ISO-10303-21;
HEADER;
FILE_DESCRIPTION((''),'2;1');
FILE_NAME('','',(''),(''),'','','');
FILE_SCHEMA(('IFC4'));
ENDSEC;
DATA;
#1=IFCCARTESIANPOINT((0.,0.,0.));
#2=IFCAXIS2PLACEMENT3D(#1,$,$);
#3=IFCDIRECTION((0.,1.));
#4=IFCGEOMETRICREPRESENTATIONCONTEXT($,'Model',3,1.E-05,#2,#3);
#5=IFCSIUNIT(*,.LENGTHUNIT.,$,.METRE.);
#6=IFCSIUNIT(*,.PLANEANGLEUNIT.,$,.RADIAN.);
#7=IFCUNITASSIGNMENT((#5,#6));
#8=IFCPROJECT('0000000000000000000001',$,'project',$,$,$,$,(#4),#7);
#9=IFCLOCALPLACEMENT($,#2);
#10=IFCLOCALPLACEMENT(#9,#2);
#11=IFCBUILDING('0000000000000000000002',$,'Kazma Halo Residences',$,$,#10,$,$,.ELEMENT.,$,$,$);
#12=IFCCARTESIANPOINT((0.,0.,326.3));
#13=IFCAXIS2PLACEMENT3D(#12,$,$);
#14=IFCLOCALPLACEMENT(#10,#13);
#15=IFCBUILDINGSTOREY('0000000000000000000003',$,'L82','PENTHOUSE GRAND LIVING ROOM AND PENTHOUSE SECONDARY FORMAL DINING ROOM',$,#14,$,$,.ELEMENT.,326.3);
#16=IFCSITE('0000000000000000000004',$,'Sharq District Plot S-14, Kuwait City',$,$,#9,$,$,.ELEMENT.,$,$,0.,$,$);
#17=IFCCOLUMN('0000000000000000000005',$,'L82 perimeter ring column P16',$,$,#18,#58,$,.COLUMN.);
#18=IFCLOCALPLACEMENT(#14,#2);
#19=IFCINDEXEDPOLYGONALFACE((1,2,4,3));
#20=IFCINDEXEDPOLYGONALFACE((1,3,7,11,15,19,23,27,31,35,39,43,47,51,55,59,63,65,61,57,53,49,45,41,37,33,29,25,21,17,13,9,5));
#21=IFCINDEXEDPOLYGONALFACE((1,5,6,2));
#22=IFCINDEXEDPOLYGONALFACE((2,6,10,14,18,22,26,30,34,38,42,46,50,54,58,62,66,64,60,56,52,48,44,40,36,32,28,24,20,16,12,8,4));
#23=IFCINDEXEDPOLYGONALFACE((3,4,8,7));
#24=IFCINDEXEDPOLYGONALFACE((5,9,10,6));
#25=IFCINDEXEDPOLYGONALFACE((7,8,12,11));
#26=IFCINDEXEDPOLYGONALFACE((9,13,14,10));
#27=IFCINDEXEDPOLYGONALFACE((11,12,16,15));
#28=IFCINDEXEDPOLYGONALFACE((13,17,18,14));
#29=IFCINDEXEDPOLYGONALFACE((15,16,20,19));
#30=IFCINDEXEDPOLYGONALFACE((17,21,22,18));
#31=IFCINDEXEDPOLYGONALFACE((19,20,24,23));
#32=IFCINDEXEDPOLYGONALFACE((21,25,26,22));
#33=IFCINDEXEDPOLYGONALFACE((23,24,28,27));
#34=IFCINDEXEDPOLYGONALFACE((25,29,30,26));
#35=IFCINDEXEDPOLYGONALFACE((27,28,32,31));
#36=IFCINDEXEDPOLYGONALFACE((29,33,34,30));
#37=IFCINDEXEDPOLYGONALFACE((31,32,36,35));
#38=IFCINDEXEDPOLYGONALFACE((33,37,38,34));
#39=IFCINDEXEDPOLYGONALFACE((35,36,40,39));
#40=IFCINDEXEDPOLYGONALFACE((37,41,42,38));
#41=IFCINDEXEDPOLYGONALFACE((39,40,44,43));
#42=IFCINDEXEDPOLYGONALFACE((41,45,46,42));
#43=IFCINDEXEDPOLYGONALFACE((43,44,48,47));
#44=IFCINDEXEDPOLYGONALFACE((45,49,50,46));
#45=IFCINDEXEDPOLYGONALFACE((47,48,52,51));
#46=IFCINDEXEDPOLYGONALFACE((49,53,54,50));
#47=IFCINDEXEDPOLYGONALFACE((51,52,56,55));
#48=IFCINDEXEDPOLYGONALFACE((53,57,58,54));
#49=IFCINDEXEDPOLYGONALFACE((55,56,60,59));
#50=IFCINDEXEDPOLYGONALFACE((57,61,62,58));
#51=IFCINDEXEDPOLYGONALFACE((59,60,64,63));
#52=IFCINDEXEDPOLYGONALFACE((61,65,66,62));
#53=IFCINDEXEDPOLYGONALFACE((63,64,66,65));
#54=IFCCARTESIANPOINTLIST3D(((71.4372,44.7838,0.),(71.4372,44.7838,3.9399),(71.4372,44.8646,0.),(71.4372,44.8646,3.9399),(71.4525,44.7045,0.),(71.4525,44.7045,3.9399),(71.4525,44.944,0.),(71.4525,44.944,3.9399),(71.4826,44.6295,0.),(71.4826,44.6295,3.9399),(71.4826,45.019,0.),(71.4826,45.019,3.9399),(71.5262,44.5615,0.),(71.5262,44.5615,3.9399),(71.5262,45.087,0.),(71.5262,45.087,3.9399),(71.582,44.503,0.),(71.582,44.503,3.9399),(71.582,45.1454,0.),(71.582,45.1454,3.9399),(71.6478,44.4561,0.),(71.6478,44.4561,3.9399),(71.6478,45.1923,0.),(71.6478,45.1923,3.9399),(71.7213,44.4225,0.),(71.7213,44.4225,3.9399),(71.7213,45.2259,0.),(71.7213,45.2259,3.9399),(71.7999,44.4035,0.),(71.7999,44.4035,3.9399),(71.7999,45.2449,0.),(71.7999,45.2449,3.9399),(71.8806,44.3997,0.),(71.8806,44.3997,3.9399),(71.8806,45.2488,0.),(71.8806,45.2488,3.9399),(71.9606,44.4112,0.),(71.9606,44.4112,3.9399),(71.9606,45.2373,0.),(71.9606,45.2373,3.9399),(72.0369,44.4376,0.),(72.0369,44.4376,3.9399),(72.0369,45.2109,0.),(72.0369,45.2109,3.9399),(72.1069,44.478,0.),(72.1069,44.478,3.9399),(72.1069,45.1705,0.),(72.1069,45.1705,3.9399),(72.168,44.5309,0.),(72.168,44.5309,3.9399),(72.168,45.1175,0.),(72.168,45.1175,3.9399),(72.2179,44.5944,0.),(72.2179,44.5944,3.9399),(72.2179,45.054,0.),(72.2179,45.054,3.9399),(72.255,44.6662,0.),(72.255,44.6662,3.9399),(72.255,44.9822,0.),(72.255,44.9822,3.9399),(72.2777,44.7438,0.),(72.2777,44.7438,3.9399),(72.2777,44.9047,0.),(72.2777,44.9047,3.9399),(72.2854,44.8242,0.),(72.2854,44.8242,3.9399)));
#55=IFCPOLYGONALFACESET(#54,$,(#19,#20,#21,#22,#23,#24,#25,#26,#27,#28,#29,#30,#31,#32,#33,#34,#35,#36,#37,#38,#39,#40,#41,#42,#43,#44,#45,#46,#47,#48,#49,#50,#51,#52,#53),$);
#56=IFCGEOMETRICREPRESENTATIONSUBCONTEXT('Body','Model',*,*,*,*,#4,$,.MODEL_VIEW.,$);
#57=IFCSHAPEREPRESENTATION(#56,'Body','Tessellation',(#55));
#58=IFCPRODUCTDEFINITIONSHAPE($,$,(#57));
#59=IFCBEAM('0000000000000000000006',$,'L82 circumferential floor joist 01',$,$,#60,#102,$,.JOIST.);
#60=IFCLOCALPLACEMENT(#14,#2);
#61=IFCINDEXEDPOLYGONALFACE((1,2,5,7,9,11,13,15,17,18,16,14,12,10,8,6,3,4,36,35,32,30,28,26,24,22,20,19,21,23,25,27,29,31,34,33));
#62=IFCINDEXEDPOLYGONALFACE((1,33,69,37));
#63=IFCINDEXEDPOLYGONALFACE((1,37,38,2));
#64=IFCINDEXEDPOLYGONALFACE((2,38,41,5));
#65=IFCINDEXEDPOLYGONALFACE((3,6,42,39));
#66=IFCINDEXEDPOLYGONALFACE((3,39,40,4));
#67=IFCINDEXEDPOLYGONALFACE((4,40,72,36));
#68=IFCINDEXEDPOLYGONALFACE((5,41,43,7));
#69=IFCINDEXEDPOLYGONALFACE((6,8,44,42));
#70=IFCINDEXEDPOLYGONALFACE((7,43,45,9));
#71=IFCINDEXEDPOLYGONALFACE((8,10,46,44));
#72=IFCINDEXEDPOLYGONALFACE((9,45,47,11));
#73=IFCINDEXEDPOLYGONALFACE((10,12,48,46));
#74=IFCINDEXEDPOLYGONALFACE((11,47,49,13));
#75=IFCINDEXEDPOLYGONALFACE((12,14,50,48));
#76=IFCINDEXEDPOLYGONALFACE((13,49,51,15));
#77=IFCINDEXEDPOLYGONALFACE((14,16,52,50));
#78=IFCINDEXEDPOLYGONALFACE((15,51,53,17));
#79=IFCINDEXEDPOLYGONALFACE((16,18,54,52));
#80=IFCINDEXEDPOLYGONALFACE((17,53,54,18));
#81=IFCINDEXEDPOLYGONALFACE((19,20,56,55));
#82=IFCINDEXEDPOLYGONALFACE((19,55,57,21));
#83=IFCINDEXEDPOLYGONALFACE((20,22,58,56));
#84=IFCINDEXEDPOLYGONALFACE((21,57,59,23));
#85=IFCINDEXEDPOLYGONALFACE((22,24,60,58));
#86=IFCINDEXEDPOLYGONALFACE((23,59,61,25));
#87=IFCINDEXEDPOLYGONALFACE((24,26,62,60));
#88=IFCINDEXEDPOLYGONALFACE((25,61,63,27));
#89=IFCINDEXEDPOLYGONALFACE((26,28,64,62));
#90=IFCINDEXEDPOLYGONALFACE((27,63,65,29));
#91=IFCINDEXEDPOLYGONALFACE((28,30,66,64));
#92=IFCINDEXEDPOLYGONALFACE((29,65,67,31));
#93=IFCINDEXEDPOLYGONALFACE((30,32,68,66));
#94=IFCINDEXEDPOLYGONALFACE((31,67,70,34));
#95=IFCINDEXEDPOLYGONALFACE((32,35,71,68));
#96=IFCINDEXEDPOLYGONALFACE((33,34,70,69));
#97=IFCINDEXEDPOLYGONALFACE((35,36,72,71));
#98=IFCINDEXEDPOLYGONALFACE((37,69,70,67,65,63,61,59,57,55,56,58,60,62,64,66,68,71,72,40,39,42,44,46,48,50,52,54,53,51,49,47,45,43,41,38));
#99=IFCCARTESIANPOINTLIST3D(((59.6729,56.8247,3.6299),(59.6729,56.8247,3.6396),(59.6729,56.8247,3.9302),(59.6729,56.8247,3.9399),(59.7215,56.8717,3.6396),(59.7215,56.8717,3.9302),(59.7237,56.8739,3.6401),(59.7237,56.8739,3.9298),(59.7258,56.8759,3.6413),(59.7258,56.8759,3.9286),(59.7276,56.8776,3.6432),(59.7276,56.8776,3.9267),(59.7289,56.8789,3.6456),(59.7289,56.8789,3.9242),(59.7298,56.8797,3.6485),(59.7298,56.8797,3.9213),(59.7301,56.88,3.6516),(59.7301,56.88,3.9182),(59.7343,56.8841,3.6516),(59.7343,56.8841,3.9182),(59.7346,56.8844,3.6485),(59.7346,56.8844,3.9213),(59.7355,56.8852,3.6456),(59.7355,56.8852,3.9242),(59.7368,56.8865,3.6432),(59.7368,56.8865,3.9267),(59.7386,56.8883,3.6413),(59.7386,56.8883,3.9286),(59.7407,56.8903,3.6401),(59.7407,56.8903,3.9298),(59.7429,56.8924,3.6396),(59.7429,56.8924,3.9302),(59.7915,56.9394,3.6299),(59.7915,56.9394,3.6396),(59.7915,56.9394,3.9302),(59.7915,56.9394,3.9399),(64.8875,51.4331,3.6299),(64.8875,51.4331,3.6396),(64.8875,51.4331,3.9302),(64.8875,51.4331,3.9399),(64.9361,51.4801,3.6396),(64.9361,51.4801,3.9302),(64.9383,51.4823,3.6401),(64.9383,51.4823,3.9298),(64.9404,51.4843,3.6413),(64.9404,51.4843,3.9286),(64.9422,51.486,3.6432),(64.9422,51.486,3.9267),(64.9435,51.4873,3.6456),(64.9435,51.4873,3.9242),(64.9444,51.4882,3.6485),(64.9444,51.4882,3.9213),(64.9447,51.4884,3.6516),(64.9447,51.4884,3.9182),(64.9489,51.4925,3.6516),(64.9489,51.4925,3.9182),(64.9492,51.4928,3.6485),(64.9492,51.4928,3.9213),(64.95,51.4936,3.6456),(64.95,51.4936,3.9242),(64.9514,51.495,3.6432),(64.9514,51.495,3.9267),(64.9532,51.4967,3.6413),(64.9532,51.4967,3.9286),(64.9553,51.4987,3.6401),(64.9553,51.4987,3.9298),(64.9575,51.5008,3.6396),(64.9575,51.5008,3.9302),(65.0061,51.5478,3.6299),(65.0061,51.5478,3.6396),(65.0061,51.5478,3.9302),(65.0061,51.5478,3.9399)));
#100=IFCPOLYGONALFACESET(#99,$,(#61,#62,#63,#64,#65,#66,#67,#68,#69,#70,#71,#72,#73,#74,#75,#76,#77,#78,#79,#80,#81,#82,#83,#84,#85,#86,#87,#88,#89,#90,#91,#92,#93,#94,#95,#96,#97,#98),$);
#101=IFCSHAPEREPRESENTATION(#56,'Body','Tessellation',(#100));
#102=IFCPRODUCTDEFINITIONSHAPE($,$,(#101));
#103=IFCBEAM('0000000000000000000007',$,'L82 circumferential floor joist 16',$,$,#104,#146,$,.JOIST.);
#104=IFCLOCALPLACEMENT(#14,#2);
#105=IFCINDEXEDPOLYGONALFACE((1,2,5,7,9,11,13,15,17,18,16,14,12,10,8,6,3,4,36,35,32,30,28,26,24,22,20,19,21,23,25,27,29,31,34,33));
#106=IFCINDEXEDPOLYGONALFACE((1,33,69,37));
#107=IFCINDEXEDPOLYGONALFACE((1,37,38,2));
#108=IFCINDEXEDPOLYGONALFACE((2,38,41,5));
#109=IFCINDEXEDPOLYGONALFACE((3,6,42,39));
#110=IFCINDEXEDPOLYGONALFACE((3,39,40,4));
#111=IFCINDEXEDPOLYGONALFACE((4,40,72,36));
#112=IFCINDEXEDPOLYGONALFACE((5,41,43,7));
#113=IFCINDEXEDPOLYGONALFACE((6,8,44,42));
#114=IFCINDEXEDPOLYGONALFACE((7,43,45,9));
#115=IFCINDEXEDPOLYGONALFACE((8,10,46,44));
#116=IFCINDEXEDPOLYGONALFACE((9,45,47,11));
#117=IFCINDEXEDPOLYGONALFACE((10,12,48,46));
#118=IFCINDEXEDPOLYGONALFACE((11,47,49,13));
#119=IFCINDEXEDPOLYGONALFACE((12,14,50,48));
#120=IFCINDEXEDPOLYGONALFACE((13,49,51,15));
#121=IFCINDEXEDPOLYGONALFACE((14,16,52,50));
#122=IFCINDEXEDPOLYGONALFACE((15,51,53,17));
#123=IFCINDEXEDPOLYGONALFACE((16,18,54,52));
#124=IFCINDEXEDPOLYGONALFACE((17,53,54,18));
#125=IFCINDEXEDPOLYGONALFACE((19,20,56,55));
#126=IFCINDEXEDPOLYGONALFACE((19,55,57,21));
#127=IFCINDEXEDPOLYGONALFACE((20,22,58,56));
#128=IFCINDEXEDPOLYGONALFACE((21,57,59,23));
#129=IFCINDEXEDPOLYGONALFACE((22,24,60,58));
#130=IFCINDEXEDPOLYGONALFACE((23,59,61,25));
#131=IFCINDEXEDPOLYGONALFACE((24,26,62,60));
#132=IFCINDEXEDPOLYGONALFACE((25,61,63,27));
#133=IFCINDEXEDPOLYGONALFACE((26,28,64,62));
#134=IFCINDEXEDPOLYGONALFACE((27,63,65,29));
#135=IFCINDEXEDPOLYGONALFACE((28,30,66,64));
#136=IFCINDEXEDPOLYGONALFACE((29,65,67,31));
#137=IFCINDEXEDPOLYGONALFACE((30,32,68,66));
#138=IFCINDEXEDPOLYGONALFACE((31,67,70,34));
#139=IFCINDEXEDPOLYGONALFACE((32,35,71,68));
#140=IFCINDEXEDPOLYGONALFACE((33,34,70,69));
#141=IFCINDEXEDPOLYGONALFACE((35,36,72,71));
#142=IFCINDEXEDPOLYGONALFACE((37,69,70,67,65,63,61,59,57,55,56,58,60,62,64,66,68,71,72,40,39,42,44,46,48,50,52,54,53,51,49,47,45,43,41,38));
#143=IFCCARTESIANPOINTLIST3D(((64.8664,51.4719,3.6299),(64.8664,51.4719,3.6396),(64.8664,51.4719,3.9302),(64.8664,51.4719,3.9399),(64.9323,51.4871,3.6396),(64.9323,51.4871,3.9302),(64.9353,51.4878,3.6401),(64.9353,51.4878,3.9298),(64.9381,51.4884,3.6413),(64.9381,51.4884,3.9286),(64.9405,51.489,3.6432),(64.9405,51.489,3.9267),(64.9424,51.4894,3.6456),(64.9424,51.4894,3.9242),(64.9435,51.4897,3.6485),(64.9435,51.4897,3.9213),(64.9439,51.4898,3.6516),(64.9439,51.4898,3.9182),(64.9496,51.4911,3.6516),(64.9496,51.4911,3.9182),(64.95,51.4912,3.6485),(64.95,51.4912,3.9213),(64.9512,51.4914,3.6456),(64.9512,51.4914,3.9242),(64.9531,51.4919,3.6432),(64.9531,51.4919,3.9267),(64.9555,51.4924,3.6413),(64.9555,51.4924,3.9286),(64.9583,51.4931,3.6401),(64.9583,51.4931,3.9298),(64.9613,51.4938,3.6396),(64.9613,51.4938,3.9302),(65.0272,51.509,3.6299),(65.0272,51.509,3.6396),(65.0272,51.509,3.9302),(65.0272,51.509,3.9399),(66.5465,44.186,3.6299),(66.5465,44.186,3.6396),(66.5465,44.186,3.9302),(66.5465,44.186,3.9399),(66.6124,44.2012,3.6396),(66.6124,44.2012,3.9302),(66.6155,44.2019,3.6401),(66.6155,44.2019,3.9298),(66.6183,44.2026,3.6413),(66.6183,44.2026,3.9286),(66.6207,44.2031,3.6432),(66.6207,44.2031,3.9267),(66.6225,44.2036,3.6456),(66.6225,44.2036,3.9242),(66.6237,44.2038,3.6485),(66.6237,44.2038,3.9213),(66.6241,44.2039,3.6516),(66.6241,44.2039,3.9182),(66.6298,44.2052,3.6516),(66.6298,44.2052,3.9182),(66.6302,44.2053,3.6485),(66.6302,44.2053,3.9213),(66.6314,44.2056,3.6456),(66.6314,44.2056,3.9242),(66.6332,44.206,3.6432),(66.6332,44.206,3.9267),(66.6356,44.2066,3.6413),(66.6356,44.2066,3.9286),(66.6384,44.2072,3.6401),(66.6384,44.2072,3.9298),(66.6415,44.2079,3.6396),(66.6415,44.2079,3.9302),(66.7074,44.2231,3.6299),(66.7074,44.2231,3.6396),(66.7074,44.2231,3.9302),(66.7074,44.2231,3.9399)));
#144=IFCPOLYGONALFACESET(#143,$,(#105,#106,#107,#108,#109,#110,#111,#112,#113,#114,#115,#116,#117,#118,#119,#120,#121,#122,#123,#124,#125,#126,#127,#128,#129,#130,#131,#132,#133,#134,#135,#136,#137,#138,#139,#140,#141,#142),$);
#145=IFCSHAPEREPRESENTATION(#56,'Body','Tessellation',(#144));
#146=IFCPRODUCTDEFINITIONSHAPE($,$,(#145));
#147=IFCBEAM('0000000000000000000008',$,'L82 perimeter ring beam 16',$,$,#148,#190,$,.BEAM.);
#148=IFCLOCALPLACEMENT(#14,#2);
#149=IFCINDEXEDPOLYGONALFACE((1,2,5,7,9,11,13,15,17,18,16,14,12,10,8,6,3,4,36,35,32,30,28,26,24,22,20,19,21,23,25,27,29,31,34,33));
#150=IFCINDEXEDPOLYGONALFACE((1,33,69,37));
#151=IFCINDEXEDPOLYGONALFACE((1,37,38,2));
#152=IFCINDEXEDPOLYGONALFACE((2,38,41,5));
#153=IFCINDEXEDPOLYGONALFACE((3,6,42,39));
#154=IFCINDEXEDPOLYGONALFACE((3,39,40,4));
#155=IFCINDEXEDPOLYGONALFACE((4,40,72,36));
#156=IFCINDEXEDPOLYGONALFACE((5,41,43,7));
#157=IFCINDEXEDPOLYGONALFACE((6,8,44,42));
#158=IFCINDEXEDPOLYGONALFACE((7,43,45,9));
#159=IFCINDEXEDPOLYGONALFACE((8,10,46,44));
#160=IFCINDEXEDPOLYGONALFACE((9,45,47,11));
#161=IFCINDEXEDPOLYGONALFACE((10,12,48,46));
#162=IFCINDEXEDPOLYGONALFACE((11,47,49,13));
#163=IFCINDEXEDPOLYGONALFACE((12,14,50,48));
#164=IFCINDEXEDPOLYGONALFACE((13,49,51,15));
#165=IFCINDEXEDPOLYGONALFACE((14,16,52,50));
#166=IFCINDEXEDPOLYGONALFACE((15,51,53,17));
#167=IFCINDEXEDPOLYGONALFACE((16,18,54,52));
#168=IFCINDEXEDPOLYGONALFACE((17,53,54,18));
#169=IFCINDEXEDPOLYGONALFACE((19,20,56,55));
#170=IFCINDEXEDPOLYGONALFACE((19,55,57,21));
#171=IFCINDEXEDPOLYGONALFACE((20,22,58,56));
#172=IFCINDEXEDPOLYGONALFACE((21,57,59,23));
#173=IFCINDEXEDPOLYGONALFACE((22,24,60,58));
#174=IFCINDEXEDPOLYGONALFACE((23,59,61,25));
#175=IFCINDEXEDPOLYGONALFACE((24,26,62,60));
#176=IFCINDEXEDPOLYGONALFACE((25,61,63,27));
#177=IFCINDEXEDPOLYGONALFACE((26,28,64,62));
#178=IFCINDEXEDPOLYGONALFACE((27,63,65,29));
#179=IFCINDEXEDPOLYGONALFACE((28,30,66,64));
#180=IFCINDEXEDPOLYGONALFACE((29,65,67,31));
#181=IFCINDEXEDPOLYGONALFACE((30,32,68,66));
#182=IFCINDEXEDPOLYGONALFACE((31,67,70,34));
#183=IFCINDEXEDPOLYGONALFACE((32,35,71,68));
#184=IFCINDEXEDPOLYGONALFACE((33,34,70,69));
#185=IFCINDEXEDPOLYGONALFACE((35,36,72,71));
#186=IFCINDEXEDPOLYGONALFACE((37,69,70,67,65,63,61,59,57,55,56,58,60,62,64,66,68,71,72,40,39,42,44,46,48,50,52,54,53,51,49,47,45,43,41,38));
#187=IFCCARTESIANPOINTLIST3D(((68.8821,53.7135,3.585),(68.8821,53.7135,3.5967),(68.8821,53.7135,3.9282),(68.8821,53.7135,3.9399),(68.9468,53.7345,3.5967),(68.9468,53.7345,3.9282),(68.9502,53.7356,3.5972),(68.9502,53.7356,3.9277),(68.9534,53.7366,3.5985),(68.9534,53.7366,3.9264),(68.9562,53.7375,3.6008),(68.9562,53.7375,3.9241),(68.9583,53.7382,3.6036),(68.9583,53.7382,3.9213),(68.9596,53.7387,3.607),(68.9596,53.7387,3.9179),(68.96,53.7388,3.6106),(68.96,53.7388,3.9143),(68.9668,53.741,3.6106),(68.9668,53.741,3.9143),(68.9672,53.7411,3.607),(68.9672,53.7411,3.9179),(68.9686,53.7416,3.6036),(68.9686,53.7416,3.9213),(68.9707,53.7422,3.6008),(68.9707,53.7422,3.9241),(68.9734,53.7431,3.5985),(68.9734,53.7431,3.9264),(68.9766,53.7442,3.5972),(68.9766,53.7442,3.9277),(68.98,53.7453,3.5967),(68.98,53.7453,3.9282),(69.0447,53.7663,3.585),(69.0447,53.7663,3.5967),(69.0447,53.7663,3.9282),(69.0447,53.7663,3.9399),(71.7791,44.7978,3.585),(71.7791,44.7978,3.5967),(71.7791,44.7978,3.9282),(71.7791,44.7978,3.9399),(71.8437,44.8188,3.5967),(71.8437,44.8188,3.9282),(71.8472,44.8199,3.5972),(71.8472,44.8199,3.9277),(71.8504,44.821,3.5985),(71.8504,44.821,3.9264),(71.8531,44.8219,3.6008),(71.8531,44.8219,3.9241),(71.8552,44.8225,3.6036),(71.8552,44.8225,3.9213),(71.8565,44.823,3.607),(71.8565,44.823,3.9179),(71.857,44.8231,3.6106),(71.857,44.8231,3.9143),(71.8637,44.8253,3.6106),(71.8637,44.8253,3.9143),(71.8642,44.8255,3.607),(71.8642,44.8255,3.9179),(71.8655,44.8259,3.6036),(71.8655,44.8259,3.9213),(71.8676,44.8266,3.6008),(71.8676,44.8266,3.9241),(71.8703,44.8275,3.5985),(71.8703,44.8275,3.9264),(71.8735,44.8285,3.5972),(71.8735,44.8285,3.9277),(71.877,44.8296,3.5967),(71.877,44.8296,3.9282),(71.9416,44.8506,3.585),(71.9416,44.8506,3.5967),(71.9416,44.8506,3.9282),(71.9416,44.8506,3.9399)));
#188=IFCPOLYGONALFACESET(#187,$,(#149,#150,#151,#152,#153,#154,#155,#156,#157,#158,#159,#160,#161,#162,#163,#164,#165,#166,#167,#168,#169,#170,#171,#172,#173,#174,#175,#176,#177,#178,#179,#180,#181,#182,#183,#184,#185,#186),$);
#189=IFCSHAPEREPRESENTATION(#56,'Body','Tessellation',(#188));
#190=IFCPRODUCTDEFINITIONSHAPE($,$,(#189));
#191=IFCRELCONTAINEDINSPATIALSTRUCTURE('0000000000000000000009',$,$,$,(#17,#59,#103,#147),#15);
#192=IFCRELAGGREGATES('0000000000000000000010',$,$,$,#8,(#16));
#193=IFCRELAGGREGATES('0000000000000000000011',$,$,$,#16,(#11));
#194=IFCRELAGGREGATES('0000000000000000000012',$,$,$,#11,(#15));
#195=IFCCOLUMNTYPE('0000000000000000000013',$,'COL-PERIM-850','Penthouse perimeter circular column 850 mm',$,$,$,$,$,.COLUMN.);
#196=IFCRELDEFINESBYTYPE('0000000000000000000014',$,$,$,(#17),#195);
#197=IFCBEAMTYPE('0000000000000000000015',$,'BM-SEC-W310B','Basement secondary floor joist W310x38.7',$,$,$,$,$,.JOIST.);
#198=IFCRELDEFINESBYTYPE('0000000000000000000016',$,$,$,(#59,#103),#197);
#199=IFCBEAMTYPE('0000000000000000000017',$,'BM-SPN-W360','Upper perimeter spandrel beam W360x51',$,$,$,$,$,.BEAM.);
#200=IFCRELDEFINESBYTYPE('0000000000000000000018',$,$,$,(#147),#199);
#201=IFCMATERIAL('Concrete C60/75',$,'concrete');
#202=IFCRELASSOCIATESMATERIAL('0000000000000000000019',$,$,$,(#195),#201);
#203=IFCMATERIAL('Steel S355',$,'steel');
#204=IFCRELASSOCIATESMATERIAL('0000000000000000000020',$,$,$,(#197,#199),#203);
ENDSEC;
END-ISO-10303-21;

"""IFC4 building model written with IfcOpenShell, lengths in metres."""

from ifc_helpers import new_model, si_unit, direction, frame, origin, origin_2d, place, context, subcontext, project, spatial, circle, i_section, extrude, material, material_profile, profile_set, type_object, element, save


model = new_model("IFC4")

# Units and contexts
model_context = context("Model", 3, precision=1e-05, world=origin(), true_north=direction((0.0, 1.0)))
body_context = subcontext(model_context, "Body", "Model", "MODEL_VIEW")
ifc_project = project(units=[si_unit("LENGTHUNIT", "METRE"), si_unit("PLANEANGLEUNIT", "RADIAN")], contexts=[model_context])

# Site, building, storey
site_placement = place(None, origin())
site = spatial("IfcSite", under=ifc_project, at=site_placement, Name="Sharq District Plot S-14, Kuwait City", CompositionType="ELEMENT", RefElevation=0.0)
building_placement = place(site_placement, origin())
building = spatial("IfcBuilding", under=site, at=building_placement, Name="Kazma Halo Residences", CompositionType="ELEMENT")
storey_placement = place(building_placement, frame((0.0, 0.0, 326.3)))
storey = spatial("IfcBuildingStorey", under=building, at=storey_placement, Name="L82", Description="PENTHOUSE GRAND LIVING ROOM AND PENTHOUSE SECONDARY FORMAL DINING ROOM", CompositionType="ELEMENT", Elevation=326.3)

# Column
ifc_material_1 = material(Name="Concrete C60/75", Category="concrete")
ifc_material_profile_1 = material_profile(ifc_material_1, circle(Radius=0.425, at=origin_2d()), Name="CIRC850")
ifc_profile_set_1 = profile_set([ifc_material_profile_1], Name="Concrete C60/75")
column_type = type_object("IfcColumnType", Name="COL-PERIM-850", Description="Penthouse perimeter circular column 850 mm", PredefinedType="COLUMN", material=ifc_profile_set_1)
column_placement = place(storey_placement, frame((71.8604, 44.8242, 0.0), z_axis=(0.0, 0.0, 1.0), x_axis=(1.0, 0.0, 0.0)))
element("IfcColumn", 1, at=column_placement, inside=storey, type_object=column_type, Name="L82 perimeter ring column P16", PredefinedType="COLUMN", context=body_context, shape_type="SweptSolid", body=[
    extrude(circle(Radius=0.425, at=origin_2d()), origin(), (0.0, 0.0, 1.0), 3.9399),
])

# Beams
ifc_material_2 = material(Name="Steel S355", Category="steel")
ifc_material_profile_2 = material_profile(ifc_material_2, i_section(OverallWidth=0.165, OverallDepth=0.3101, WebThickness=0.0059, FlangeThickness=0.0098, FilletRadius=0.012, at=origin_2d()), Name="W310x38.7")
ifc_profile_set_2 = profile_set([ifc_material_profile_2], Name="Steel S355")
beam_type_1 = type_object("IfcBeamType", Name="BM-SEC-W310B", Description="Basement secondary floor joist W310x38.7", PredefinedType="JOIST", material=ifc_profile_set_2)
beam_1_placement = place(storey_placement, frame((64.9468, 51.4905, 3.7849), z_axis=(-0.695209, 0.718807, 0.0), x_axis=(-0.718807, -0.695209, 0.0)))
element("IfcBeam", 2, at=beam_1_placement, inside=storey, type_object=beam_type_1, Name="L82 circumferential floor joist 01", PredefinedType="JOIST", context=body_context, shape_type="SweptSolid", body=[
    extrude(i_section(OverallWidth=0.165, OverallDepth=0.3101, WebThickness=0.0059, FlangeThickness=0.0098, FilletRadius=0.012, at=origin_2d()), origin(), (0.0, 0.0, 1.0), 7.5007),
])
beam_2_placement = place(storey_placement, frame((66.627, 44.2046, 3.7849), z_axis=(-0.224709, 0.974426, 0.0), x_axis=(-0.974426, -0.224709, 0.0)))
element("IfcBeam", 3, at=beam_2_placement, inside=storey, type_object=beam_type_1, Name="L82 circumferential floor joist 16", PredefinedType="JOIST", context=body_context, shape_type="SweptSolid", body=[
    extrude(i_section(OverallWidth=0.165, OverallDepth=0.3101, WebThickness=0.0059, FlangeThickness=0.0098, FilletRadius=0.012, at=origin_2d()), origin(), (0.0, 0.0, 1.0), 7.4771),
])
ifc_material_profile_3 = material_profile(ifc_material_2, i_section(OverallWidth=0.1709, OverallDepth=0.355, WebThickness=0.0071, FlangeThickness=0.0117, FilletRadius=0.0139, at=origin_2d()), Name="W360x51")
ifc_profile_set_3 = profile_set([ifc_material_profile_3], Name="Steel S355")
beam_type_2 = type_object("IfcBeamType", Name="BM-SPN-W360", Description="Upper perimeter spandrel beam W360x51", PredefinedType="BEAM", material=ifc_profile_set_3)
beam_3_placement = place(storey_placement, frame((71.8604, 44.8242, 3.7625), z_axis=(-0.309023, 0.951055, 0.0), x_axis=(-0.951055, -0.309023, 0.0)))
element("IfcBeam", 4, at=beam_3_placement, inside=storey, type_object=beam_type_2, Name="L82 perimeter ring beam 16", PredefinedType="BEAM", context=body_context, shape_type="SweptSolid", body=[
    extrude(i_section(OverallWidth=0.1709, OverallDepth=0.355, WebThickness=0.0071, FlangeThickness=0.0117, FilletRadius=0.0139, at=origin_2d()), origin(), (0.0, 0.0, 1.0), 9.3745),
])

save(model, "model.ifc")
